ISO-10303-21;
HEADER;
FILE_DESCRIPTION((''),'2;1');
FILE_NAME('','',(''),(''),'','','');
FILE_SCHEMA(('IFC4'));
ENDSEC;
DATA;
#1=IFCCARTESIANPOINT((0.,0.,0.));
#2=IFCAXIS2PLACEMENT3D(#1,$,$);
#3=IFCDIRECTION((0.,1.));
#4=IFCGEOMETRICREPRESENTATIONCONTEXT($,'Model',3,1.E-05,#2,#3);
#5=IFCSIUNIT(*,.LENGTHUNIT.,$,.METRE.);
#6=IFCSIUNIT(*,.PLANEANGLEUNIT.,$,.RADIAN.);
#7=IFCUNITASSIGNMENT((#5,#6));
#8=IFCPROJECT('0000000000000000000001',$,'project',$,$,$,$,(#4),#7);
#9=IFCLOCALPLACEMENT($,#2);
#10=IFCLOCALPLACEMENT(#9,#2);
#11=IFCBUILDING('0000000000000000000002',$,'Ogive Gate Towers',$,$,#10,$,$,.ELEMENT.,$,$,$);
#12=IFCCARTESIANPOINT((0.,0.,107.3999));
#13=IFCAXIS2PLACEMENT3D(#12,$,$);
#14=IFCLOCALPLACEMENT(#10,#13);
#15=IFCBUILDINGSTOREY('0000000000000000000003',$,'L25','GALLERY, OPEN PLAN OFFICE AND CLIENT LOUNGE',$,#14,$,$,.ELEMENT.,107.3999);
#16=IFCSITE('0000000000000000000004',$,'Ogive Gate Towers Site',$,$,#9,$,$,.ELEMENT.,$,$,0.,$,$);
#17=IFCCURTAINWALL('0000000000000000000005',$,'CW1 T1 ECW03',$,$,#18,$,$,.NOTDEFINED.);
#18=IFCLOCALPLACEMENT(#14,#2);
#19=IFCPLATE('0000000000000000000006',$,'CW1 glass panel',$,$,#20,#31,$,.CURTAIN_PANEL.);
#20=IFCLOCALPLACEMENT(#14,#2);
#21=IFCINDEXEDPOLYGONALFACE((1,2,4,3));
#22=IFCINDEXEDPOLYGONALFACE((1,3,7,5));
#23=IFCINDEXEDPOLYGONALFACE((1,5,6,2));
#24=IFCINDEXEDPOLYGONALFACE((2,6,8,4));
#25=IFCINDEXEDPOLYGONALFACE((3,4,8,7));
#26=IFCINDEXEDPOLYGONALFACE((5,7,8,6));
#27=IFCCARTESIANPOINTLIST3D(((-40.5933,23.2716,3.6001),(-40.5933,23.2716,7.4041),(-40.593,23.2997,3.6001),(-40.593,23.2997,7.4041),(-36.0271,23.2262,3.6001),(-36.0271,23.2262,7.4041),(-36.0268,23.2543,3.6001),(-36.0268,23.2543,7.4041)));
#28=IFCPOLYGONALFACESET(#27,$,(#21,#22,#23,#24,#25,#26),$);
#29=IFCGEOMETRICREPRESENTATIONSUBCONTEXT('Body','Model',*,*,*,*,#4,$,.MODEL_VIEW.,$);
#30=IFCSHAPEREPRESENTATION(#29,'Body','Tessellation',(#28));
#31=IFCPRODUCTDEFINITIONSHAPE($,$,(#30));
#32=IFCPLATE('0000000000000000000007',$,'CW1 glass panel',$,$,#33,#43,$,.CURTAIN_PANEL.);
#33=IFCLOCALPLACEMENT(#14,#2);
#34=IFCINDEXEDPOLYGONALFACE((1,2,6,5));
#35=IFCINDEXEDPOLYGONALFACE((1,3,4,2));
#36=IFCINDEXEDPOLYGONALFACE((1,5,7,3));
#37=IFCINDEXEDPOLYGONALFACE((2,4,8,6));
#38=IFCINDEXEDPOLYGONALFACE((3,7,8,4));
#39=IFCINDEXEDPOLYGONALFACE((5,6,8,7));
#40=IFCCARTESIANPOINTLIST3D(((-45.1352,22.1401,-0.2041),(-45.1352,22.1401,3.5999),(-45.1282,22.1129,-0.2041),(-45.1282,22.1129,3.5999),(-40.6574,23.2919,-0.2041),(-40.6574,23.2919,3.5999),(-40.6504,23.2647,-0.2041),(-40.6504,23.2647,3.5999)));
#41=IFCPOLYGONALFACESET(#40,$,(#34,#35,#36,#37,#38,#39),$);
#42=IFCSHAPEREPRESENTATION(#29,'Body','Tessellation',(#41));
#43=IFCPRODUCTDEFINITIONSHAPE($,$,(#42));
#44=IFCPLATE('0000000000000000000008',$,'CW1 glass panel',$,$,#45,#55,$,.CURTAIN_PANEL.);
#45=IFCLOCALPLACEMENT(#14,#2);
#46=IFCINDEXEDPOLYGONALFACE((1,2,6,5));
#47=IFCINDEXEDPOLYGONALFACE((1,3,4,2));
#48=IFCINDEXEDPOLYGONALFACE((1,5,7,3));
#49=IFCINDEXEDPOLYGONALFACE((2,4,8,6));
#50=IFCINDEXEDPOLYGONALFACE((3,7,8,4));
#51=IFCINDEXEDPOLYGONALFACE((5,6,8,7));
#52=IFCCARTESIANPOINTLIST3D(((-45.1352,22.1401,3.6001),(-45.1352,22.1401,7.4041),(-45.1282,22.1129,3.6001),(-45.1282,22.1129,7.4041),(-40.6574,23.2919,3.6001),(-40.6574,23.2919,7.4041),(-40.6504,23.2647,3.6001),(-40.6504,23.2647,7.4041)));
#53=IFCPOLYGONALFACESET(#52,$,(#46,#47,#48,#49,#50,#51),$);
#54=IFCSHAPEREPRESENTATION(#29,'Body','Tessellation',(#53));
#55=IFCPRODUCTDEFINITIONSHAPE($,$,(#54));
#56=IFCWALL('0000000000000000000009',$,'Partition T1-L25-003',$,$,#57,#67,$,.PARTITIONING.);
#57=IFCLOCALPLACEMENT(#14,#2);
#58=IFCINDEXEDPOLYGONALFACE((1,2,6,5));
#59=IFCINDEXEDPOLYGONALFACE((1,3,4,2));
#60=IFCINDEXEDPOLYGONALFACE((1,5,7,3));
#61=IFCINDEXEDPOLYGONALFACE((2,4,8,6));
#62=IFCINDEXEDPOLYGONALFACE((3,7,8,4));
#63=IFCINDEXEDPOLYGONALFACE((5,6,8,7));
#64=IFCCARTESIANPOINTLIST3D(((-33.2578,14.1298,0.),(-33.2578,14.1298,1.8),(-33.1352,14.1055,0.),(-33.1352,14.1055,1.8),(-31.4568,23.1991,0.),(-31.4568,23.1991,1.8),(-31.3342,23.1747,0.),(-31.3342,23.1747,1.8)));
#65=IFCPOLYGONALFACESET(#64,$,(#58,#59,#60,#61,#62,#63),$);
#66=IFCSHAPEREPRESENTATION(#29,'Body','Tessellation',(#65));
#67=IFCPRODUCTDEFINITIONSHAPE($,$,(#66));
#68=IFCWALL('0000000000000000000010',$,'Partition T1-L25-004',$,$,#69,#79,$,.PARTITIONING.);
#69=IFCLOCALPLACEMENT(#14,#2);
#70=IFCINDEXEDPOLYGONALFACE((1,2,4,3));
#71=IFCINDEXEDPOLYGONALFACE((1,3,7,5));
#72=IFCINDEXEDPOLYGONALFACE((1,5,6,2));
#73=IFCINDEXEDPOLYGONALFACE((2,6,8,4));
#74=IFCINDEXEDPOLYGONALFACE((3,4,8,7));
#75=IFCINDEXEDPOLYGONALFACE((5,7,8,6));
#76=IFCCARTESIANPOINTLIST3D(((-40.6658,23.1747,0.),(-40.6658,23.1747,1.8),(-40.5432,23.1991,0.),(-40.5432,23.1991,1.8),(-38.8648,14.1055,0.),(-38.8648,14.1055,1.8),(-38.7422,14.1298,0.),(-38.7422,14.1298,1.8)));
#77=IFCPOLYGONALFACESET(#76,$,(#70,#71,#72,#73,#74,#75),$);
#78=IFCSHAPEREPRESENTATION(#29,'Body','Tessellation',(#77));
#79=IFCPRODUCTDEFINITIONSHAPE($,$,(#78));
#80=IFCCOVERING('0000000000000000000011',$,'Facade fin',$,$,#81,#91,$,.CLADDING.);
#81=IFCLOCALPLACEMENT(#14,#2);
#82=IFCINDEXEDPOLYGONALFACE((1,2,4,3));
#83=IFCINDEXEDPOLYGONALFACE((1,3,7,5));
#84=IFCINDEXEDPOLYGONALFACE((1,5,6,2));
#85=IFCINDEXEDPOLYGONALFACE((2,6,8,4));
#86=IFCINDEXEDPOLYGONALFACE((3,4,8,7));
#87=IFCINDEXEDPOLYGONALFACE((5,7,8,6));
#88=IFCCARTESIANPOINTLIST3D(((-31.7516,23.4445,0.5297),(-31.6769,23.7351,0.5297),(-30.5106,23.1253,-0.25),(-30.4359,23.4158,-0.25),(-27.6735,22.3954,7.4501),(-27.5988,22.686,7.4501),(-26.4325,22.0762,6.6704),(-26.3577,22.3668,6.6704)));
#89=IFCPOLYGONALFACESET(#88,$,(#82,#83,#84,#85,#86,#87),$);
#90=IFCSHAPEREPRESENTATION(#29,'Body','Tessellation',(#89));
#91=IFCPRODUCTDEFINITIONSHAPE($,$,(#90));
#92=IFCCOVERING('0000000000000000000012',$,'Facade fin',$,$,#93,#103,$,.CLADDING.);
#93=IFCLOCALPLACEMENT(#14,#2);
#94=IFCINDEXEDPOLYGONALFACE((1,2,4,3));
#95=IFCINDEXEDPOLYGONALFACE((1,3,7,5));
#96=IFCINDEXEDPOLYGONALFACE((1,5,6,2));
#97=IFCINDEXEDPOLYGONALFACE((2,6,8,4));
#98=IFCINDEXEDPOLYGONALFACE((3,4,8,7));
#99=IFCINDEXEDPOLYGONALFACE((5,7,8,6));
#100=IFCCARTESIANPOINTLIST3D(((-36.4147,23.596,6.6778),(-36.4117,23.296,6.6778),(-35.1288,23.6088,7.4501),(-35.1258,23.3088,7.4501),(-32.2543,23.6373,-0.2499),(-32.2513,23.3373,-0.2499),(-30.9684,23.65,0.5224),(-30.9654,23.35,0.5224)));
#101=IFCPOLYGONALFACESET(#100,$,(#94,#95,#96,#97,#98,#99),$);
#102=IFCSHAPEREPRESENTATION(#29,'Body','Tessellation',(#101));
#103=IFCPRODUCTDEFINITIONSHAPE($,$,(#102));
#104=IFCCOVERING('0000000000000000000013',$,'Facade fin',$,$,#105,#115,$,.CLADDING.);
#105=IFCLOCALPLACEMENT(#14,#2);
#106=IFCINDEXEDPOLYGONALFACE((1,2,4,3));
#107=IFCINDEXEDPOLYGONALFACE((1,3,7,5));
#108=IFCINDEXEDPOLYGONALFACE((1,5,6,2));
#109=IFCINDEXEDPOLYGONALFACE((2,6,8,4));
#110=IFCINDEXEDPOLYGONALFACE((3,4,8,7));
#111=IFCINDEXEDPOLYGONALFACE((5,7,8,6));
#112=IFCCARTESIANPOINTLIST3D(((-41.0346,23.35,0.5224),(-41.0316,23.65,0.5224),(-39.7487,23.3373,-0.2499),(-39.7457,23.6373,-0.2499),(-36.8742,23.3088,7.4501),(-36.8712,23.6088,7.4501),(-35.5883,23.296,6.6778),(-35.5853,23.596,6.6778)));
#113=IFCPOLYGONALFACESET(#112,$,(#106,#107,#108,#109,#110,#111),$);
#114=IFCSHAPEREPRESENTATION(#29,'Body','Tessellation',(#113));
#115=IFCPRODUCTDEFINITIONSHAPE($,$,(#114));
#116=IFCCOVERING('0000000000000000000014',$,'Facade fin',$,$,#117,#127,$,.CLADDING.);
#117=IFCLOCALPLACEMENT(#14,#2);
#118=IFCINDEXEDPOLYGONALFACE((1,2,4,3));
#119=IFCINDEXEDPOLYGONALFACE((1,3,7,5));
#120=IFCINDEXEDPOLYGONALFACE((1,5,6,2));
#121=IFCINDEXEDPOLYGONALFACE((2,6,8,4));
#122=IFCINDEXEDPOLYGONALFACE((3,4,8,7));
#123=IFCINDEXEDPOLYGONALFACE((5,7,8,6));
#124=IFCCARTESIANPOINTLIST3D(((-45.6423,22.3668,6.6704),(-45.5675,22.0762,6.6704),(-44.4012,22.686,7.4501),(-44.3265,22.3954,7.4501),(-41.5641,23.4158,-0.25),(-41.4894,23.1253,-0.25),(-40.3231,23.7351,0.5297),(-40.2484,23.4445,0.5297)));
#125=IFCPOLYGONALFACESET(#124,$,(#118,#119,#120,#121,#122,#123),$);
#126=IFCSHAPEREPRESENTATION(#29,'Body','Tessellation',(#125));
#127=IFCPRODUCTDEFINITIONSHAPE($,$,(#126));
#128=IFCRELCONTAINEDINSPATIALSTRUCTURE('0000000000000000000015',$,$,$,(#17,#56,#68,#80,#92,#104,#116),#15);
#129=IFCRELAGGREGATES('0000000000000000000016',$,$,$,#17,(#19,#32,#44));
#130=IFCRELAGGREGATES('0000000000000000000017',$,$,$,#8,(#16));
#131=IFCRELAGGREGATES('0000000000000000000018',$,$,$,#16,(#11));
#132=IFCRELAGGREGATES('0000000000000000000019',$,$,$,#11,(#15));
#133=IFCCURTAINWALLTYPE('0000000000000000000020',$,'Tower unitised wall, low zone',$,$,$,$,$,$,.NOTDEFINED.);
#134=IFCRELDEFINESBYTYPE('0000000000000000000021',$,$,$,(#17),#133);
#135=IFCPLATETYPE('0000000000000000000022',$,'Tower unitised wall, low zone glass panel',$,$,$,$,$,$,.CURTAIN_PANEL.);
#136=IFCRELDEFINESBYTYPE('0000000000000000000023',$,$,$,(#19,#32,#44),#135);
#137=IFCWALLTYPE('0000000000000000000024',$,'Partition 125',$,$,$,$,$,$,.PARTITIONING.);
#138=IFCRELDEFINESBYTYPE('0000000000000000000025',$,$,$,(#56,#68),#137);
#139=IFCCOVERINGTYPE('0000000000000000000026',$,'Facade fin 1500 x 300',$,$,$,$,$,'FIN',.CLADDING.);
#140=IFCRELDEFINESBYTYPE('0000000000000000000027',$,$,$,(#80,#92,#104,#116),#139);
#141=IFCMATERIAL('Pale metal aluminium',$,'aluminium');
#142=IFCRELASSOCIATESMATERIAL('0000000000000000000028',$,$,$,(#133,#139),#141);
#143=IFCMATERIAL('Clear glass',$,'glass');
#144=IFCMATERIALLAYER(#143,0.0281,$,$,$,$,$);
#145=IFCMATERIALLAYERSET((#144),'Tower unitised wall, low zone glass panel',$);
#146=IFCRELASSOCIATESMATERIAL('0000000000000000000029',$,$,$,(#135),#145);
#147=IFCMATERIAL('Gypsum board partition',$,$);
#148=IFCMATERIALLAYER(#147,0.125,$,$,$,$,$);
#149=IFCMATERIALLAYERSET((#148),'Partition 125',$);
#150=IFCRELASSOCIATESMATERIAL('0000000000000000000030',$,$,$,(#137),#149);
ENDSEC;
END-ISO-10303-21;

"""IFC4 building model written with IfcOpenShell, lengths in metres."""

from ifc_helpers import new_model, si_unit, direction, frame, frame_2d, origin, origin_2d, place, context, subcontext, project, spatial, rectangle, extrude, material, layer, layer_set, material_profile, profile_set, type_object, element, aggregate, save


model = new_model("IFC4")

# Units and contexts
model_context = context("Model", 3, precision=1e-05, world=origin(), true_north=direction((0.0, 1.0)))
body_context = subcontext(model_context, "Body", "Model", "MODEL_VIEW")
ifc_project = project(units=[si_unit("LENGTHUNIT", "METRE"), si_unit("PLANEANGLEUNIT", "RADIAN")], contexts=[model_context])

# Site, building, storey
site_placement = place(None, origin())
site = spatial("IfcSite", under=ifc_project, at=site_placement, Name="Ogive Gate Towers Site", CompositionType="ELEMENT", RefElevation=0.0)
building_placement = place(site_placement, origin())
building = spatial("IfcBuilding", under=site, at=building_placement, Name="Ogive Gate Towers", CompositionType="ELEMENT")
storey_placement = place(building_placement, frame((0.0, 0.0, 107.3999)))
storey = spatial("IfcBuildingStorey", under=building, at=storey_placement, Name="L25", Description="GALLERY, OPEN PLAN OFFICE AND CLIENT LOUNGE", CompositionType="ELEMENT", Elevation=107.3999)

# Shared definitions
ifc_material_1 = material(Name="Pale metal aluminium", Category="aluminium")
curtain_wall_type = type_object("IfcCurtainWallType", Name="Tower unitised wall, low zone", PredefinedType="NOTDEFINED", material=ifc_material_1)

# Curtain wall
curtain_wall_1_placement = place(storey_placement, origin())
curtain_wall_1 = element("IfcCurtainWall", 1, at=curtain_wall_1_placement, inside=storey, type_object=curtain_wall_type, Name="CW1 T1 ECW03", PredefinedType="NOTDEFINED")

# Plates
ifc_material_2 = material(Name="Clear glass", Category="glass")
ifc_layer_1 = layer(ifc_material_2, 0.0281)
ifc_layer_set_1 = layer_set([ifc_layer_1], Name="Tower unitised wall, low zone glass panel")
plate_type = type_object("IfcPlateType", Name="Tower unitised wall, low zone glass panel", PredefinedType="CURTAIN_PANEL", material=ifc_layer_set_1)
plate_1_placement = place(storey_placement, frame((-38.3101, 23.2629, 3.6001), z_axis=(0.0, 0.0, 1.0), x_axis=(-0.999951, 0.009931, 0.0)))
plate_1 = element("IfcPlate", 2, at=plate_1_placement, type_object=plate_type, Name="CW1 glass panel", PredefinedType="CURTAIN_PANEL", context=body_context, shape_type="SweptSolid", body=[
    extrude(rectangle(XDim=4.5664, YDim=0.0281, at=origin_2d()), origin(), (0.0, 0.0, 1.0), 3.804),
])
plate_2_placement = place(storey_placement, frame((-42.8928, 22.7024, -0.2041), z_axis=(0.0, 0.0, 1.0), x_axis=(-0.96847, -0.249129, 0.0)))
plate_2 = element("IfcPlate", 3, at=plate_2_placement, type_object=plate_type, Name="CW1 glass panel", PredefinedType="CURTAIN_PANEL", context=body_context, shape_type="SweptSolid", body=[
    extrude(rectangle(XDim=4.6235, YDim=0.0281, at=origin_2d()), origin(), (0.0, 0.0, 1.0), 3.804),
])
plate_3_placement = place(storey_placement, frame((-42.8928, 22.7024, 3.6001), z_axis=(0.0, 0.0, 1.0), x_axis=(-0.96847, -0.249129, 0.0)))
plate_3 = element("IfcPlate", 4, at=plate_3_placement, type_object=plate_type, Name="CW1 glass panel", PredefinedType="CURTAIN_PANEL", context=body_context, shape_type="SweptSolid", body=[
    extrude(rectangle(XDim=4.6235, YDim=0.0281, at=origin_2d()), origin(), (0.0, 0.0, 1.0), 3.804),
])
aggregate(curtain_wall_1, [plate_1, plate_2, plate_3])

# Walls
ifc_material_3 = material(Name="Gypsum board partition")
ifc_layer_2 = layer(ifc_material_3, 0.125)
ifc_layer_set_2 = layer_set([ifc_layer_2], Name="Partition 125")
wall_type = type_object("IfcWallType", Name="Partition 125", PredefinedType="PARTITIONING", material=ifc_layer_set_2)
for number, where, z_axis, x_axis, name in (
    (5, (-31.3955, 23.1868, 0.0), (0.0, 0.0, 1.0), (-0.194781, -0.980847, 0.0), "Partition T1-L25-003"),
    (6, (-40.6045, 23.1868, 0.0), (0.0, 0.0, 1.0), (0.194781, -0.980847, 0.0), "Partition T1-L25-004"),
):
    element("IfcWall", number, at=place(storey_placement, frame(where, z_axis=z_axis, x_axis=x_axis)), inside=storey, type_object=wall_type, Name=name, PredefinedType="PARTITIONING", context=body_context, shape_type="SweptSolid", body=[
        extrude(rectangle(XDim=9.2463, YDim=0.125, at=frame_2d((4.623, 0.0))), origin(), (0.0, 0.0, 1.0), 1.8),
    ])

# Coverings
ifc_material_profile_1 = material_profile(ifc_material_1, rectangle(XDim=0.3, YDim=1.5, at=origin_2d()), Name="1500 x 300 pale metal aluminium")
ifc_profile_set_1 = profile_set([ifc_material_profile_1], Name="Pale metal aluminium")
covering_type = type_object("IfcCoveringType", Name="Facade fin 1500 x 300", ElementType="FIN", PredefinedType="CLADDING", material=ifc_profile_set_1)
covering_1_placement = place(storey_placement, frame((-31.0938, 23.4302, 0.1399), z_axis=(0.50342, -0.129502, 0.854282), x_axis=(0.249133, 0.968469, 0.0)))
element("IfcCovering", 7, at=covering_1_placement, inside=storey, type_object=covering_type, Name="Facade fin", PredefinedType="CLADDING", context=body_context, shape_type="SweptSolid", body=[
    extrude(rectangle(XDim=0.3, YDim=1.5, at=origin_2d()), origin(), (0.0, 0.0, 1.0), 8.1008),
])
for number, where, z_axis, x_axis, name in (
    (8, (-31.6099, 23.4937, 0.1362), (-0.514831, -0.005106, 0.857276), (0.009917, -0.999951, 0.0), "Facade fin"),
    (9, (-40.3901, 23.4937, 0.1362), (0.514831, -0.005106, 0.857276), (0.009917, 0.999951, 0.0), "Facade fin"),
):
    element("IfcCovering", number, at=place(storey_placement, frame(where, z_axis=z_axis, x_axis=x_axis)), inside=storey, type_object=covering_type, Name=name, PredefinedType="CLADDING", context=body_context, shape_type="SweptSolid", body=[
        extrude(rectangle(XDim=0.3, YDim=1.5, at=origin_2d()), origin(), (0.0, 0.0, 1.0), 8.0811),
    ])
covering_2_placement = place(storey_placement, frame((-40.9062, 23.4302, 0.1399), z_axis=(-0.50342, -0.129502, 0.854282), x_axis=(0.249133, -0.968469, 0.0)))
element("IfcCovering", 10, at=covering_2_placement, inside=storey, type_object=covering_type, Name="Facade fin", PredefinedType="CLADDING", context=body_context, shape_type="SweptSolid", body=[
    extrude(rectangle(XDim=0.3, YDim=1.5, at=origin_2d()), origin(), (0.0, 0.0, 1.0), 8.1008),
])

save(model, "model.ifc")
